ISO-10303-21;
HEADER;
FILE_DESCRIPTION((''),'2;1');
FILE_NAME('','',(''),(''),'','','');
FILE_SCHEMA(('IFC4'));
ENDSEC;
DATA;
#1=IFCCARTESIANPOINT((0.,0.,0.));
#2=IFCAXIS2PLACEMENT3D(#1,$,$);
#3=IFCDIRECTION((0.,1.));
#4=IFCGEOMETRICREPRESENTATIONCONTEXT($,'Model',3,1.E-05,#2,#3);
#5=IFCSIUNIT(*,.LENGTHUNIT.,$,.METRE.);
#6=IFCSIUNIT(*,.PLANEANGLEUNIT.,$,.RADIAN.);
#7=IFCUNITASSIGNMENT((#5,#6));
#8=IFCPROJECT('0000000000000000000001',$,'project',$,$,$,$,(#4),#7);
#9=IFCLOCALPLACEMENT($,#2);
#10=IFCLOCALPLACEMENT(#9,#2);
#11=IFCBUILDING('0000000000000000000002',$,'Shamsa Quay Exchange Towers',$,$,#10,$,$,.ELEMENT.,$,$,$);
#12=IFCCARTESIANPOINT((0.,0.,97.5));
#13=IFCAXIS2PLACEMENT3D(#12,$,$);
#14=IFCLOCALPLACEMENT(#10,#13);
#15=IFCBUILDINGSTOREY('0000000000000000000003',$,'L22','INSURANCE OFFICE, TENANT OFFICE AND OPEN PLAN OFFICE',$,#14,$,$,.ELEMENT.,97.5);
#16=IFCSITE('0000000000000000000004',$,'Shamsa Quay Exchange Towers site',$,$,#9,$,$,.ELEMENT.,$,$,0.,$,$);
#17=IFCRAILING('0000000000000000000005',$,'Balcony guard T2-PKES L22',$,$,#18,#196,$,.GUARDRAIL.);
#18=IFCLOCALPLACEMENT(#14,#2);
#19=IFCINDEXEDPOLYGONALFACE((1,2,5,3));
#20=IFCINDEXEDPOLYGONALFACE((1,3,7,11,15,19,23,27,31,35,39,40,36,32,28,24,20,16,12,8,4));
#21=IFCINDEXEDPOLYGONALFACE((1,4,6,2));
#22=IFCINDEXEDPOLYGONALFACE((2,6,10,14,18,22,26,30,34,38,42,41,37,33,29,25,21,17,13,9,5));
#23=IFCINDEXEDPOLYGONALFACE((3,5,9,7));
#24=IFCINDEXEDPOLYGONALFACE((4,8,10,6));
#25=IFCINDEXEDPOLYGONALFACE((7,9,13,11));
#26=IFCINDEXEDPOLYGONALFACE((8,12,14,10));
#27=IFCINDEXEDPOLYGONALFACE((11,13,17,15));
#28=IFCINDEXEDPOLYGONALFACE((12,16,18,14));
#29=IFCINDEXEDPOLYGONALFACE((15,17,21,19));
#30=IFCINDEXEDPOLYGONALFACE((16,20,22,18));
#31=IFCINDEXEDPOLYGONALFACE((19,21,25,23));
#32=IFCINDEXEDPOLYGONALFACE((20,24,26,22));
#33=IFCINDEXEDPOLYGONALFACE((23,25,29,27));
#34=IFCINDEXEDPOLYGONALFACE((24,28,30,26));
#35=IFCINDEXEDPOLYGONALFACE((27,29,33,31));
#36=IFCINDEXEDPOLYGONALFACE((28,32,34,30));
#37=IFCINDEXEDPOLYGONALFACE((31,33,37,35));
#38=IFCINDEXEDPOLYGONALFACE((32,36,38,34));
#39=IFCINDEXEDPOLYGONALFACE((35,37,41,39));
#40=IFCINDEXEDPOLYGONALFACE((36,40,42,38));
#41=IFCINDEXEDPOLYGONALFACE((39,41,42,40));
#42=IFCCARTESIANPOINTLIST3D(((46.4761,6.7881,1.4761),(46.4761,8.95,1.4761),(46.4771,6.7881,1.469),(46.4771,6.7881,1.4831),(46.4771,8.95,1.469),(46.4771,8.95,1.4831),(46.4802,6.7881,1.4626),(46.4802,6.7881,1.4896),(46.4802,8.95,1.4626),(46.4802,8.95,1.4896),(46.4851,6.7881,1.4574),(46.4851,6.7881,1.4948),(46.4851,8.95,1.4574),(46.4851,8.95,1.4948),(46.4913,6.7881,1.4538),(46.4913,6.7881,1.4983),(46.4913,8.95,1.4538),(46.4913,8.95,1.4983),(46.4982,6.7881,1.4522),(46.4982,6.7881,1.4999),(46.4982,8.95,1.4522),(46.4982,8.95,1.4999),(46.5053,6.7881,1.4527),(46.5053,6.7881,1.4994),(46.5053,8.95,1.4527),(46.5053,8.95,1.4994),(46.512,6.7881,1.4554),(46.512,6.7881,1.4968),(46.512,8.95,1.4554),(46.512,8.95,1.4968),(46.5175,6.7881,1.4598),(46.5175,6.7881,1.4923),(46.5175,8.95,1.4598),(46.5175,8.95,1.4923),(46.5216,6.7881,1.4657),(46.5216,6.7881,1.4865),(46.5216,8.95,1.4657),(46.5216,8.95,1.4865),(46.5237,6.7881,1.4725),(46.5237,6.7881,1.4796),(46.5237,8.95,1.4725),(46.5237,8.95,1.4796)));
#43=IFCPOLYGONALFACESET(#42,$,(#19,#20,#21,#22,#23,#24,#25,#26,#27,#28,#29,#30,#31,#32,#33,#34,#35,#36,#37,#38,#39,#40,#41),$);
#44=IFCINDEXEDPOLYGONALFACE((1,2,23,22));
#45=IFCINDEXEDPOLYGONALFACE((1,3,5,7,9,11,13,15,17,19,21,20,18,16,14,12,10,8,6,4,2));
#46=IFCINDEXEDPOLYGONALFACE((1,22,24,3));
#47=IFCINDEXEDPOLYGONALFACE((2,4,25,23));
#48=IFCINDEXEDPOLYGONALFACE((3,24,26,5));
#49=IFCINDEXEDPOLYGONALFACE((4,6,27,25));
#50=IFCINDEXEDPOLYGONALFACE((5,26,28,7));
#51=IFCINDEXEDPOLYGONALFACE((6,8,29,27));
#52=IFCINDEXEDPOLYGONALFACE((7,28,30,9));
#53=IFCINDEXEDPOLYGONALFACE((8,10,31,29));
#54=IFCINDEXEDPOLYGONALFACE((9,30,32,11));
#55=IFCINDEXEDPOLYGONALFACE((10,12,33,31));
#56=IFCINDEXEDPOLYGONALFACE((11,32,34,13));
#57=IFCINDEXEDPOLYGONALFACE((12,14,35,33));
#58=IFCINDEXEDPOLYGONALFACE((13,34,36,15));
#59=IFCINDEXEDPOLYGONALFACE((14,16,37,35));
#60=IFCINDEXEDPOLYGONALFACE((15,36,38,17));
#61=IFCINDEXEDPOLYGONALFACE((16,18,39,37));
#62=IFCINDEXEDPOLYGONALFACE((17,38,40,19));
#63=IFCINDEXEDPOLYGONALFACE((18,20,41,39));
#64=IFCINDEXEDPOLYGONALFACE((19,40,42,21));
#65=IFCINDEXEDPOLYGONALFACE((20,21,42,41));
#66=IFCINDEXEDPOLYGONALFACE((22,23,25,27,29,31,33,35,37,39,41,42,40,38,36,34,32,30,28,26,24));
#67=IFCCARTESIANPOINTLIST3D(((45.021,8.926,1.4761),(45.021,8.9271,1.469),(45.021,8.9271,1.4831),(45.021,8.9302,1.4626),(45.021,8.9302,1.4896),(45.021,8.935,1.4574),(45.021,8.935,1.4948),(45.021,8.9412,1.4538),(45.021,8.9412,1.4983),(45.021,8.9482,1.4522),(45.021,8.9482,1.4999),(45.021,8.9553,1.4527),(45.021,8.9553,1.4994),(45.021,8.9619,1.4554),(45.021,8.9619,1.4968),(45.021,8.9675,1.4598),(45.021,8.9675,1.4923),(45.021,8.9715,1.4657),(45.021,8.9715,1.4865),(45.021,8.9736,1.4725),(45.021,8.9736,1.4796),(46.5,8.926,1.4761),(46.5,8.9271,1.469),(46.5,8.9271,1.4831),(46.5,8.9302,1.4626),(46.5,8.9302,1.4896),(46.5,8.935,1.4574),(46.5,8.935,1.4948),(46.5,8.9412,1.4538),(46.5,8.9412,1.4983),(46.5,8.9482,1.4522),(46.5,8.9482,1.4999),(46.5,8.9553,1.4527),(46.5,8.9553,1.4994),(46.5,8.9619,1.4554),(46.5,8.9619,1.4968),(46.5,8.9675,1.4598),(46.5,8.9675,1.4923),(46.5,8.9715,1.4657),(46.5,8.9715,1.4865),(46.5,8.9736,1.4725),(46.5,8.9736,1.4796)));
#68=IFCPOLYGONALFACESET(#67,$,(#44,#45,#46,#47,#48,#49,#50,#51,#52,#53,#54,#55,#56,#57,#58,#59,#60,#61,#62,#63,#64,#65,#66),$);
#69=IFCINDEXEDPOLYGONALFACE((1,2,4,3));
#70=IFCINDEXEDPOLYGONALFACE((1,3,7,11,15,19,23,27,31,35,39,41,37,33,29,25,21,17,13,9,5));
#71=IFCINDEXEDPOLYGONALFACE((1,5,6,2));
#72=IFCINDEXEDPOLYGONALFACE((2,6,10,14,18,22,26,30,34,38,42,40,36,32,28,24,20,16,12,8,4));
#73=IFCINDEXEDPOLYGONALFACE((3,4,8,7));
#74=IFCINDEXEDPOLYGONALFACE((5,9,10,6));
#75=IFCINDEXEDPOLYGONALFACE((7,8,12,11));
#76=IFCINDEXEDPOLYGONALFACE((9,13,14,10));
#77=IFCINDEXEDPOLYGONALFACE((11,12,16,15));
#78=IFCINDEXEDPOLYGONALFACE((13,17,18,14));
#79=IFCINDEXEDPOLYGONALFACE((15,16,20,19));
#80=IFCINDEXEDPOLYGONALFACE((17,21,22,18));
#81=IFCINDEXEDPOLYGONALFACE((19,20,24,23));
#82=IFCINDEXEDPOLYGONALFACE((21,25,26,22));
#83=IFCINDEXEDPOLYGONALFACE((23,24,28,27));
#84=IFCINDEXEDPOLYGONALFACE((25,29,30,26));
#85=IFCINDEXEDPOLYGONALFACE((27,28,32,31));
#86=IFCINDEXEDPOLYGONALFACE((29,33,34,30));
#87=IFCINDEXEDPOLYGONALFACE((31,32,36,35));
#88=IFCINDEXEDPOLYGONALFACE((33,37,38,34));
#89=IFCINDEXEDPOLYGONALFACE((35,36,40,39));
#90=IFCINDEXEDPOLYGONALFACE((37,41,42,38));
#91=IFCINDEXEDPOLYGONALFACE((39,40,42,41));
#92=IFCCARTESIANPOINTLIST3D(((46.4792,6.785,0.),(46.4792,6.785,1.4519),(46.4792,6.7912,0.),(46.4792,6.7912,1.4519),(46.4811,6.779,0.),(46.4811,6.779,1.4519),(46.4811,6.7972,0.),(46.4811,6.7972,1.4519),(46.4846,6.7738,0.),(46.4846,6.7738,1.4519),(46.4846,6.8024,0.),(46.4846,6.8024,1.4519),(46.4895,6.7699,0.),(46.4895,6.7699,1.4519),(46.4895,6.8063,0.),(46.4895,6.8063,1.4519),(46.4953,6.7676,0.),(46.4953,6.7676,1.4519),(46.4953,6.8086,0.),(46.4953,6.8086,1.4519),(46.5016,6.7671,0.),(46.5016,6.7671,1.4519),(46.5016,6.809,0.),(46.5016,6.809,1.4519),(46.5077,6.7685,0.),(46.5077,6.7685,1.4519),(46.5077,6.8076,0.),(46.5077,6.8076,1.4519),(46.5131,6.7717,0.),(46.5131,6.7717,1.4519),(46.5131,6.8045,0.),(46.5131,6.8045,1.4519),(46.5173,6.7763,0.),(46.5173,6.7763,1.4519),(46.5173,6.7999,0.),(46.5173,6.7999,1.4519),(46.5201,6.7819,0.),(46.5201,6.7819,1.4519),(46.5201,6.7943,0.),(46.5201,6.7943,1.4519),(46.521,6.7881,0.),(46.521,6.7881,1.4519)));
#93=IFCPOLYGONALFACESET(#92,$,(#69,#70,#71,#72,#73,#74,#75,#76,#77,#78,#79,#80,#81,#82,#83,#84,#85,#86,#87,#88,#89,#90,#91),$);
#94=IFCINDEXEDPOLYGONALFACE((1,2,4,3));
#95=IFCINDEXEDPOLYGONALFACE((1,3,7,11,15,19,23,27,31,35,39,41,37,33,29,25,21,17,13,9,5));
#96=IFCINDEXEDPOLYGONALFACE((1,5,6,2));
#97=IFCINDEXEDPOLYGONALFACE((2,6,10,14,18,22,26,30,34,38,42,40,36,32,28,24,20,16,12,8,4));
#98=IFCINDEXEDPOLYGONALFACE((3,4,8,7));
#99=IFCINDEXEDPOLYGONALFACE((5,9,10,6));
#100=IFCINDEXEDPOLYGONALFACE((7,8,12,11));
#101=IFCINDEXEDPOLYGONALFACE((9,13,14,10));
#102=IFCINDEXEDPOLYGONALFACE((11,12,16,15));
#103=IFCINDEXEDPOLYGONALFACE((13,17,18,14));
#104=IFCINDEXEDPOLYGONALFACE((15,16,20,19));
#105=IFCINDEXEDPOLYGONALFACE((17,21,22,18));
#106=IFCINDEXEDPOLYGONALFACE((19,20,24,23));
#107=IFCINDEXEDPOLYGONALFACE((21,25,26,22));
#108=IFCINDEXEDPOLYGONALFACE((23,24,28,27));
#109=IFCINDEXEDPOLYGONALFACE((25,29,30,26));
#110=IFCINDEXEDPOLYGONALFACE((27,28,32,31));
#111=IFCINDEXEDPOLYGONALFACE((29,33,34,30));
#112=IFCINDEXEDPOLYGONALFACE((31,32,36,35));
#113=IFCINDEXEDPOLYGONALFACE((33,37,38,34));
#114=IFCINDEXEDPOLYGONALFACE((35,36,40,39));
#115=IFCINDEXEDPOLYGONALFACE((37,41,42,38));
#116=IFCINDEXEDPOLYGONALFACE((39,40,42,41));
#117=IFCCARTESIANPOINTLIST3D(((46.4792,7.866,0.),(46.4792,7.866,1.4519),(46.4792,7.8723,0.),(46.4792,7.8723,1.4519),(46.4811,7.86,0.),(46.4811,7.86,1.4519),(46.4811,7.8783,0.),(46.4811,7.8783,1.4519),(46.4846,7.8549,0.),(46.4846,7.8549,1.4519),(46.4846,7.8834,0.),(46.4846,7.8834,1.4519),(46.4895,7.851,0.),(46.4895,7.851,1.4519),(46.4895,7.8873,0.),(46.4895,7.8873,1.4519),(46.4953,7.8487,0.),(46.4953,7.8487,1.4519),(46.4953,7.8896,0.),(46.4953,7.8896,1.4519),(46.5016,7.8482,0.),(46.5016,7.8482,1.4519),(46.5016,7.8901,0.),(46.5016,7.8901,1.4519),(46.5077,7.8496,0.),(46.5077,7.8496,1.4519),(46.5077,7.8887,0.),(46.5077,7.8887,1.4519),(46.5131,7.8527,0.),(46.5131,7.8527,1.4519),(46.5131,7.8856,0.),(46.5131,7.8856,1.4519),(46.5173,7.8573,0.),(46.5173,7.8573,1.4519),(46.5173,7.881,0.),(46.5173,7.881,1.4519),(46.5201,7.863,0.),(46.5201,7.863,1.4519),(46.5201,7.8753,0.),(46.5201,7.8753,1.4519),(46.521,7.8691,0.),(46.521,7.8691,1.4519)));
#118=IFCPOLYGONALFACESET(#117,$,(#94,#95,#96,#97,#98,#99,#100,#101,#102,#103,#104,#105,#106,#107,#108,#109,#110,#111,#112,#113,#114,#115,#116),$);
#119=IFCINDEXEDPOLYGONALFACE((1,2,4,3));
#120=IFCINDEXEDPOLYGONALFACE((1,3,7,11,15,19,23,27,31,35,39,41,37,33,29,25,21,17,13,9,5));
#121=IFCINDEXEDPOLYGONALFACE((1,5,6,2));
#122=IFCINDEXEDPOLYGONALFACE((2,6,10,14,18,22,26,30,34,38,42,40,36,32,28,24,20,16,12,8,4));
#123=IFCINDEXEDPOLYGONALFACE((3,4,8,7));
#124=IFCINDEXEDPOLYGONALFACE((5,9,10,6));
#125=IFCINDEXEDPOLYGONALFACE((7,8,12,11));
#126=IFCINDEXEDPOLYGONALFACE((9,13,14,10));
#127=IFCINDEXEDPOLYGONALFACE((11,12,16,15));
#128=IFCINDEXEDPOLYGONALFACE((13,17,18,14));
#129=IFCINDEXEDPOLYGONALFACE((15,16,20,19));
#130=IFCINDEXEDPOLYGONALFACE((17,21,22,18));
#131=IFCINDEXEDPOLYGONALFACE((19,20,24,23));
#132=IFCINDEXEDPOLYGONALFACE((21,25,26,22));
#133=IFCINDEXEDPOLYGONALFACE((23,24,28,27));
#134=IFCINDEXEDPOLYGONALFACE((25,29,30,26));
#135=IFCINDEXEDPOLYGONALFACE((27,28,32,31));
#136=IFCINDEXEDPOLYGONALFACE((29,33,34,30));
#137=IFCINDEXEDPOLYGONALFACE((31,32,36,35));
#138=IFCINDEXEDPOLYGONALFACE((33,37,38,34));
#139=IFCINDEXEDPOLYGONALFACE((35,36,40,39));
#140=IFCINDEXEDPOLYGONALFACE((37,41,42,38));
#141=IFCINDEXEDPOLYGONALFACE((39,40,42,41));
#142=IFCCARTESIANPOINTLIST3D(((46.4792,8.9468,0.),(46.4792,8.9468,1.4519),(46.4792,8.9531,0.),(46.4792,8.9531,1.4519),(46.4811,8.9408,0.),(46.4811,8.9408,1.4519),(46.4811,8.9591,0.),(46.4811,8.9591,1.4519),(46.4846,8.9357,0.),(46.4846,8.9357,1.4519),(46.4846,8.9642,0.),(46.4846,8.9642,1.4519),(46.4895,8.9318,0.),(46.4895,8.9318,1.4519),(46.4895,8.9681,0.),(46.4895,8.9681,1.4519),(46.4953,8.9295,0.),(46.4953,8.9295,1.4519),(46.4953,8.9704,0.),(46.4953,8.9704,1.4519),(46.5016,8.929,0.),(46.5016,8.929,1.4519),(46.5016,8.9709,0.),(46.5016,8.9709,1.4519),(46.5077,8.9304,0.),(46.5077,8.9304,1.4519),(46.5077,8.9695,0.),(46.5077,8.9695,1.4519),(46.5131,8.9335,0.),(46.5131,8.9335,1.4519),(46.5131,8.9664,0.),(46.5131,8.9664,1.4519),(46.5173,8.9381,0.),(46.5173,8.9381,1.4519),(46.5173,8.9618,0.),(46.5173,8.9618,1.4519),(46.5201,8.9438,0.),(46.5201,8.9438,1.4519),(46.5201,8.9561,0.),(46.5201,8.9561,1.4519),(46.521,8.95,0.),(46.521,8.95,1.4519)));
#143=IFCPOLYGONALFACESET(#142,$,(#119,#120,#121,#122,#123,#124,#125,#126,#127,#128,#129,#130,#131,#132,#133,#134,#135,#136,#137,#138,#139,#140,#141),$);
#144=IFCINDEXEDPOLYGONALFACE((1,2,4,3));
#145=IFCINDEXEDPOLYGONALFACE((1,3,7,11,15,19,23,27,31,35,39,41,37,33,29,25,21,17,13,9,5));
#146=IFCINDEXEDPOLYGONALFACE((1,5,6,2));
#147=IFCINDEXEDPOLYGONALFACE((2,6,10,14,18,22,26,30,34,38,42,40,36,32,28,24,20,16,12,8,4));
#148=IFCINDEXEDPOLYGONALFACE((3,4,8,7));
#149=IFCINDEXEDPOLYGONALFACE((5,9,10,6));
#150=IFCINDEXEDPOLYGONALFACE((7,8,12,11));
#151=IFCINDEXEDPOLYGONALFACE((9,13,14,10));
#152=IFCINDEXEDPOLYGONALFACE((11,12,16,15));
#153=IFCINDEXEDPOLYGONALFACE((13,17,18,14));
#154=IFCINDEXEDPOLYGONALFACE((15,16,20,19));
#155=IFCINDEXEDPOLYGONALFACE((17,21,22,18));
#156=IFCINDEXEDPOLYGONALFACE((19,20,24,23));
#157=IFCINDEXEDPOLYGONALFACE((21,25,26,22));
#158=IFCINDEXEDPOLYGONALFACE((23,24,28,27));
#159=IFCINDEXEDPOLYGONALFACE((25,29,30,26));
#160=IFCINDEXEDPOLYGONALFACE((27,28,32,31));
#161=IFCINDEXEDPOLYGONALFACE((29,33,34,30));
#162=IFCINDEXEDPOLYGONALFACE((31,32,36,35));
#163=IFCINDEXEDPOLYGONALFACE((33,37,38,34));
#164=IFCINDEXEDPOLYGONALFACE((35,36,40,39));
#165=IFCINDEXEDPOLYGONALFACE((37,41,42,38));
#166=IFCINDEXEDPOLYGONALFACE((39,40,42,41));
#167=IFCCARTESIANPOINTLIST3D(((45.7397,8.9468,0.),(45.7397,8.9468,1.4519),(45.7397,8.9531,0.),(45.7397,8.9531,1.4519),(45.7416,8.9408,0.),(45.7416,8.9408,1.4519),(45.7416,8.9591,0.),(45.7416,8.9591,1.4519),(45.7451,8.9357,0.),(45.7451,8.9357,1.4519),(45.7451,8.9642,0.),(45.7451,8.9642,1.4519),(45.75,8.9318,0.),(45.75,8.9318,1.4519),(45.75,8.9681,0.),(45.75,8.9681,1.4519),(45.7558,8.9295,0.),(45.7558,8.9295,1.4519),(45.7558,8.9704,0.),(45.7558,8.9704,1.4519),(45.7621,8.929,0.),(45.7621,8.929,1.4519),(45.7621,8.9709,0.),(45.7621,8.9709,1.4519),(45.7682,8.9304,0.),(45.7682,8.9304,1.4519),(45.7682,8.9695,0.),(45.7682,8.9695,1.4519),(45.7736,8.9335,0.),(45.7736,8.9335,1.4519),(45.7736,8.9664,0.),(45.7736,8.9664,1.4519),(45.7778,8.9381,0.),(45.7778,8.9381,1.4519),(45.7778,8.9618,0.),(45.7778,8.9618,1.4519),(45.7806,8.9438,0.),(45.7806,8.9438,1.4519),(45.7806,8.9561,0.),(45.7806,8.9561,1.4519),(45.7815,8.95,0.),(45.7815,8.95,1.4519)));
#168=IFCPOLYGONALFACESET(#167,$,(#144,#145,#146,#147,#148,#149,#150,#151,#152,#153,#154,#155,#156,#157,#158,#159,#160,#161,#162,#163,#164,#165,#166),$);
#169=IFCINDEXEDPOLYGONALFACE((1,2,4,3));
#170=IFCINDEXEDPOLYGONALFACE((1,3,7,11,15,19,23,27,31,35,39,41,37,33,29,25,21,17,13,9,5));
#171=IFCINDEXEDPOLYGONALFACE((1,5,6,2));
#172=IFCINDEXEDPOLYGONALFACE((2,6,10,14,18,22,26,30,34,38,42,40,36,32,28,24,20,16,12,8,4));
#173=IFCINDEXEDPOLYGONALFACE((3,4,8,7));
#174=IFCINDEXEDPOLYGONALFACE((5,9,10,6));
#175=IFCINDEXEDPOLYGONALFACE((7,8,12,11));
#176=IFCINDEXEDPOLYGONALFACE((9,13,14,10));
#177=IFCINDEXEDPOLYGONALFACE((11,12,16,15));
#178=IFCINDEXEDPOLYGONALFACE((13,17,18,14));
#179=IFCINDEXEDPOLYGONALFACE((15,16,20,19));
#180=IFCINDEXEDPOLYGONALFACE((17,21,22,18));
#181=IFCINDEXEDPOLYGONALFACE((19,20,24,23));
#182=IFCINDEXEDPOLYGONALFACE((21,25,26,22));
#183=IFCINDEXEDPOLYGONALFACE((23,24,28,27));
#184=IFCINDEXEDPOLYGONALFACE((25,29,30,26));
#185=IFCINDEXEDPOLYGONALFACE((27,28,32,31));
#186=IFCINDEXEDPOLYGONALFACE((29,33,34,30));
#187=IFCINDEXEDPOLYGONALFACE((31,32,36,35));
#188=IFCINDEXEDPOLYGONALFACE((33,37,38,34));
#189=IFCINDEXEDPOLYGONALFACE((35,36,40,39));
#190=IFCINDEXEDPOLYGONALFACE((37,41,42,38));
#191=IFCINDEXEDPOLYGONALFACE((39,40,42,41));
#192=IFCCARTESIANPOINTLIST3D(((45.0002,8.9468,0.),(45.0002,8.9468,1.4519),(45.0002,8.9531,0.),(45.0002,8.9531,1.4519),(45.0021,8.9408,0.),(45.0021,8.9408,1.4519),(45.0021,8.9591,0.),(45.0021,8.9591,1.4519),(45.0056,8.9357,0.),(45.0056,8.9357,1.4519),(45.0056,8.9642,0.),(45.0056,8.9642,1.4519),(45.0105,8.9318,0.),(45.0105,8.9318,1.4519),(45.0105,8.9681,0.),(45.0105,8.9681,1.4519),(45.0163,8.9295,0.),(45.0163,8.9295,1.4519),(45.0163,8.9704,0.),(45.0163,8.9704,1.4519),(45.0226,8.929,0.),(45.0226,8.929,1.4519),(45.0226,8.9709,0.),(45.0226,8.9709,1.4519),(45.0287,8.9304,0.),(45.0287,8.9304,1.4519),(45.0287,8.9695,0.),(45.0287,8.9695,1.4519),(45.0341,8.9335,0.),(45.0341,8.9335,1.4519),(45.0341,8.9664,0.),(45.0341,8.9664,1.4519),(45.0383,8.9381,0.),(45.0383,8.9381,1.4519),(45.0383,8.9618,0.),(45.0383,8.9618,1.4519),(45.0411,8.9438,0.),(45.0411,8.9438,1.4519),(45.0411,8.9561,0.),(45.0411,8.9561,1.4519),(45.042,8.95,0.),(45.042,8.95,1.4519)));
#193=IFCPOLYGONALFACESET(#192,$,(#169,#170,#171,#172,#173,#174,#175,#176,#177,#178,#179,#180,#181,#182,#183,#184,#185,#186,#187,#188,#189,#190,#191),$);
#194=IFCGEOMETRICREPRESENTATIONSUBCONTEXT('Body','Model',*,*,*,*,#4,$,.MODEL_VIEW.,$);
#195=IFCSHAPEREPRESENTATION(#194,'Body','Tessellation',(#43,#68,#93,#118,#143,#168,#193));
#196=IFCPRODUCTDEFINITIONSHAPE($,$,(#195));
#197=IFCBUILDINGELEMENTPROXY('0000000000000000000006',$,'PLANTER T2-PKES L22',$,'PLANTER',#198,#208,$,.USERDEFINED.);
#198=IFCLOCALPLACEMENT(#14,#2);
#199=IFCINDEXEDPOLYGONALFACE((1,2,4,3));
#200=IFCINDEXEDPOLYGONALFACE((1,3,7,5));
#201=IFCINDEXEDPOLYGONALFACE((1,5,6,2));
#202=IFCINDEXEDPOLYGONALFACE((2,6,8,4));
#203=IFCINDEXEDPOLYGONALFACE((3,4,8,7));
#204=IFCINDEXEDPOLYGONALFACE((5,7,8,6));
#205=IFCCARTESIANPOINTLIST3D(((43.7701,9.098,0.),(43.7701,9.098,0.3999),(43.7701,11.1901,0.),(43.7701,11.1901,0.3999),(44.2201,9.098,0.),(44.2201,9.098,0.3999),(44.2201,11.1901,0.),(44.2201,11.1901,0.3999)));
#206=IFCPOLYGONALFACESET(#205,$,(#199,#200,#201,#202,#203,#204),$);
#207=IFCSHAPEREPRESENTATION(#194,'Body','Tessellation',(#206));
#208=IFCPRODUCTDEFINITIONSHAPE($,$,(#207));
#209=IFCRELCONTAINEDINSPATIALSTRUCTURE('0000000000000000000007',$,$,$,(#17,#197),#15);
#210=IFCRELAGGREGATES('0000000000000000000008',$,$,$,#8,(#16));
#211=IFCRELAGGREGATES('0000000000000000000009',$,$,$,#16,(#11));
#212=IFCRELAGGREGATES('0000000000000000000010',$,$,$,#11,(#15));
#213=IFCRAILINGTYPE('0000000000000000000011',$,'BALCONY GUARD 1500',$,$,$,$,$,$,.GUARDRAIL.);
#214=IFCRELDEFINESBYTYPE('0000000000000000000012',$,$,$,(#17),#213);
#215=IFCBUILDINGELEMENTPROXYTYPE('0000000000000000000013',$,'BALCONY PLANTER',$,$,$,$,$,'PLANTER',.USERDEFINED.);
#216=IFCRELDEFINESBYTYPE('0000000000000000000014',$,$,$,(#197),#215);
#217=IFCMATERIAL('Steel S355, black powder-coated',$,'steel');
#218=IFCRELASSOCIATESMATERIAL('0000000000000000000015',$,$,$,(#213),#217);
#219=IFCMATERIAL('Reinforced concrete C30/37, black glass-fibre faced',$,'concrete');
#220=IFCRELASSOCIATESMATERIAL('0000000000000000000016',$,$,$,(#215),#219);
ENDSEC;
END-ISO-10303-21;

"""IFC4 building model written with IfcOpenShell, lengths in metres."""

from ifc_helpers import new_model, si_unit, direction, frame, origin, origin_2d, place, context, subcontext, project, spatial, rectangle, circle, extrude, material, type_object, element, save


model = new_model("IFC4")

# Units and contexts
model_context = context("Model", 3, precision=1e-05, world=origin(), true_north=direction((0.0, 1.0)))
body_context = subcontext(model_context, "Body", "Model", "MODEL_VIEW")
ifc_project = project(units=[si_unit("LENGTHUNIT", "METRE"), si_unit("PLANEANGLEUNIT", "RADIAN")], contexts=[model_context])

# Site, building, storey
site_placement = place(None, origin())
site = spatial("IfcSite", under=ifc_project, at=site_placement, Name="Shamsa Quay Exchange Towers site", CompositionType="ELEMENT", RefElevation=0.0)
building_placement = place(site_placement, origin())
building = spatial("IfcBuilding", under=site, at=building_placement, Name="Shamsa Quay Exchange Towers", CompositionType="ELEMENT")
storey_placement = place(building_placement, frame((0.0, 0.0, 97.5)))
storey = spatial("IfcBuildingStorey", under=building, at=storey_placement, Name="L22", Description="INSURANCE OFFICE, TENANT OFFICE AND OPEN PLAN OFFICE", CompositionType="ELEMENT", Elevation=97.5)

# Railing
ifc_material_1 = material(Name="Steel S355, black powder-coated", Category="steel")
railing_type_1 = type_object("IfcRailingType", Name="BALCONY GUARD 1500", PredefinedType="GUARDRAIL", material=ifc_material_1)
for number, where, name in (
    (1, (46.5, 6.7881, 0.0), "Balcony guard T2-PKES L22"),
):
    element("IfcRailing", number, at=place(storey_placement, frame(where)), inside=storey, type_object=railing_type_1, Name=name, PredefinedType="GUARDRAIL", context=body_context, shape_type="SweptSolid", body=[
        extrude(circle(Radius=0.0239, at=origin_2d()), frame((0.0, 0.0, 1.4761), z_axis=(0.0, 1.0, 0.0), x_axis=(-1.0, 0.0, 0.0)), (0.0, 0.0, 1.0), 2.1619),
        extrude(circle(Radius=0.0239, at=origin_2d()), frame((0.0, 2.1619, 1.4761), z_axis=(-1.0, 0.0, 0.0), x_axis=(0.0, -1.0, 0.0)), (0.0, 0.0, 1.0), 1.479),
        extrude(circle(Radius=0.021, at=origin_2d()), origin(), (0.0, 0.0, 1.0), 1.4519),
        extrude(circle(Radius=0.021, at=origin_2d()), frame((0.0, 1.0811, 0.0)), (0.0, 0.0, 1.0), 1.4519),
        extrude(circle(Radius=0.021, at=origin_2d()), frame((0.0, 2.1619, 0.0)), (0.0, 0.0, 1.0), 1.4519),
        extrude(circle(Radius=0.021, at=origin_2d()), frame((-0.7395, 2.1619, 0.0)), (0.0, 0.0, 1.0), 1.4519),
        extrude(circle(Radius=0.021, at=origin_2d()), frame((-1.479, 2.1619, 0.0)), (0.0, 0.0, 1.0), 1.4519),
    ])

# Building element proxy
ifc_material_2 = material(Name="Reinforced concrete C30/37, black glass-fibre faced", Category="concrete")
building_element_proxy_type = type_object("IfcBuildingElementProxyType", Name="BALCONY PLANTER", ElementType="PLANTER", PredefinedType="USERDEFINED", material=ifc_material_2)
for number, where, z_axis, x_axis, name in (
    (2, (43.9951, 10.144, 0.0), (0.0, 0.0, 1.0), (0.0, 1.0, 0.0), "PLANTER T2-PKES L22"),
):
    element("IfcBuildingElementProxy", number, at=place(storey_placement, frame(where, z_axis=z_axis, x_axis=x_axis)), inside=storey, type_object=building_element_proxy_type, Name=name, ObjectType="PLANTER", PredefinedType="USERDEFINED", context=body_context, shape_type="SweptSolid", body=[
        extrude(rectangle(XDim=2.092, YDim=0.45, at=origin_2d()), origin(), (0.0, 0.0, 1.0), 0.3999),
    ])

save(model, "model.ifc")
